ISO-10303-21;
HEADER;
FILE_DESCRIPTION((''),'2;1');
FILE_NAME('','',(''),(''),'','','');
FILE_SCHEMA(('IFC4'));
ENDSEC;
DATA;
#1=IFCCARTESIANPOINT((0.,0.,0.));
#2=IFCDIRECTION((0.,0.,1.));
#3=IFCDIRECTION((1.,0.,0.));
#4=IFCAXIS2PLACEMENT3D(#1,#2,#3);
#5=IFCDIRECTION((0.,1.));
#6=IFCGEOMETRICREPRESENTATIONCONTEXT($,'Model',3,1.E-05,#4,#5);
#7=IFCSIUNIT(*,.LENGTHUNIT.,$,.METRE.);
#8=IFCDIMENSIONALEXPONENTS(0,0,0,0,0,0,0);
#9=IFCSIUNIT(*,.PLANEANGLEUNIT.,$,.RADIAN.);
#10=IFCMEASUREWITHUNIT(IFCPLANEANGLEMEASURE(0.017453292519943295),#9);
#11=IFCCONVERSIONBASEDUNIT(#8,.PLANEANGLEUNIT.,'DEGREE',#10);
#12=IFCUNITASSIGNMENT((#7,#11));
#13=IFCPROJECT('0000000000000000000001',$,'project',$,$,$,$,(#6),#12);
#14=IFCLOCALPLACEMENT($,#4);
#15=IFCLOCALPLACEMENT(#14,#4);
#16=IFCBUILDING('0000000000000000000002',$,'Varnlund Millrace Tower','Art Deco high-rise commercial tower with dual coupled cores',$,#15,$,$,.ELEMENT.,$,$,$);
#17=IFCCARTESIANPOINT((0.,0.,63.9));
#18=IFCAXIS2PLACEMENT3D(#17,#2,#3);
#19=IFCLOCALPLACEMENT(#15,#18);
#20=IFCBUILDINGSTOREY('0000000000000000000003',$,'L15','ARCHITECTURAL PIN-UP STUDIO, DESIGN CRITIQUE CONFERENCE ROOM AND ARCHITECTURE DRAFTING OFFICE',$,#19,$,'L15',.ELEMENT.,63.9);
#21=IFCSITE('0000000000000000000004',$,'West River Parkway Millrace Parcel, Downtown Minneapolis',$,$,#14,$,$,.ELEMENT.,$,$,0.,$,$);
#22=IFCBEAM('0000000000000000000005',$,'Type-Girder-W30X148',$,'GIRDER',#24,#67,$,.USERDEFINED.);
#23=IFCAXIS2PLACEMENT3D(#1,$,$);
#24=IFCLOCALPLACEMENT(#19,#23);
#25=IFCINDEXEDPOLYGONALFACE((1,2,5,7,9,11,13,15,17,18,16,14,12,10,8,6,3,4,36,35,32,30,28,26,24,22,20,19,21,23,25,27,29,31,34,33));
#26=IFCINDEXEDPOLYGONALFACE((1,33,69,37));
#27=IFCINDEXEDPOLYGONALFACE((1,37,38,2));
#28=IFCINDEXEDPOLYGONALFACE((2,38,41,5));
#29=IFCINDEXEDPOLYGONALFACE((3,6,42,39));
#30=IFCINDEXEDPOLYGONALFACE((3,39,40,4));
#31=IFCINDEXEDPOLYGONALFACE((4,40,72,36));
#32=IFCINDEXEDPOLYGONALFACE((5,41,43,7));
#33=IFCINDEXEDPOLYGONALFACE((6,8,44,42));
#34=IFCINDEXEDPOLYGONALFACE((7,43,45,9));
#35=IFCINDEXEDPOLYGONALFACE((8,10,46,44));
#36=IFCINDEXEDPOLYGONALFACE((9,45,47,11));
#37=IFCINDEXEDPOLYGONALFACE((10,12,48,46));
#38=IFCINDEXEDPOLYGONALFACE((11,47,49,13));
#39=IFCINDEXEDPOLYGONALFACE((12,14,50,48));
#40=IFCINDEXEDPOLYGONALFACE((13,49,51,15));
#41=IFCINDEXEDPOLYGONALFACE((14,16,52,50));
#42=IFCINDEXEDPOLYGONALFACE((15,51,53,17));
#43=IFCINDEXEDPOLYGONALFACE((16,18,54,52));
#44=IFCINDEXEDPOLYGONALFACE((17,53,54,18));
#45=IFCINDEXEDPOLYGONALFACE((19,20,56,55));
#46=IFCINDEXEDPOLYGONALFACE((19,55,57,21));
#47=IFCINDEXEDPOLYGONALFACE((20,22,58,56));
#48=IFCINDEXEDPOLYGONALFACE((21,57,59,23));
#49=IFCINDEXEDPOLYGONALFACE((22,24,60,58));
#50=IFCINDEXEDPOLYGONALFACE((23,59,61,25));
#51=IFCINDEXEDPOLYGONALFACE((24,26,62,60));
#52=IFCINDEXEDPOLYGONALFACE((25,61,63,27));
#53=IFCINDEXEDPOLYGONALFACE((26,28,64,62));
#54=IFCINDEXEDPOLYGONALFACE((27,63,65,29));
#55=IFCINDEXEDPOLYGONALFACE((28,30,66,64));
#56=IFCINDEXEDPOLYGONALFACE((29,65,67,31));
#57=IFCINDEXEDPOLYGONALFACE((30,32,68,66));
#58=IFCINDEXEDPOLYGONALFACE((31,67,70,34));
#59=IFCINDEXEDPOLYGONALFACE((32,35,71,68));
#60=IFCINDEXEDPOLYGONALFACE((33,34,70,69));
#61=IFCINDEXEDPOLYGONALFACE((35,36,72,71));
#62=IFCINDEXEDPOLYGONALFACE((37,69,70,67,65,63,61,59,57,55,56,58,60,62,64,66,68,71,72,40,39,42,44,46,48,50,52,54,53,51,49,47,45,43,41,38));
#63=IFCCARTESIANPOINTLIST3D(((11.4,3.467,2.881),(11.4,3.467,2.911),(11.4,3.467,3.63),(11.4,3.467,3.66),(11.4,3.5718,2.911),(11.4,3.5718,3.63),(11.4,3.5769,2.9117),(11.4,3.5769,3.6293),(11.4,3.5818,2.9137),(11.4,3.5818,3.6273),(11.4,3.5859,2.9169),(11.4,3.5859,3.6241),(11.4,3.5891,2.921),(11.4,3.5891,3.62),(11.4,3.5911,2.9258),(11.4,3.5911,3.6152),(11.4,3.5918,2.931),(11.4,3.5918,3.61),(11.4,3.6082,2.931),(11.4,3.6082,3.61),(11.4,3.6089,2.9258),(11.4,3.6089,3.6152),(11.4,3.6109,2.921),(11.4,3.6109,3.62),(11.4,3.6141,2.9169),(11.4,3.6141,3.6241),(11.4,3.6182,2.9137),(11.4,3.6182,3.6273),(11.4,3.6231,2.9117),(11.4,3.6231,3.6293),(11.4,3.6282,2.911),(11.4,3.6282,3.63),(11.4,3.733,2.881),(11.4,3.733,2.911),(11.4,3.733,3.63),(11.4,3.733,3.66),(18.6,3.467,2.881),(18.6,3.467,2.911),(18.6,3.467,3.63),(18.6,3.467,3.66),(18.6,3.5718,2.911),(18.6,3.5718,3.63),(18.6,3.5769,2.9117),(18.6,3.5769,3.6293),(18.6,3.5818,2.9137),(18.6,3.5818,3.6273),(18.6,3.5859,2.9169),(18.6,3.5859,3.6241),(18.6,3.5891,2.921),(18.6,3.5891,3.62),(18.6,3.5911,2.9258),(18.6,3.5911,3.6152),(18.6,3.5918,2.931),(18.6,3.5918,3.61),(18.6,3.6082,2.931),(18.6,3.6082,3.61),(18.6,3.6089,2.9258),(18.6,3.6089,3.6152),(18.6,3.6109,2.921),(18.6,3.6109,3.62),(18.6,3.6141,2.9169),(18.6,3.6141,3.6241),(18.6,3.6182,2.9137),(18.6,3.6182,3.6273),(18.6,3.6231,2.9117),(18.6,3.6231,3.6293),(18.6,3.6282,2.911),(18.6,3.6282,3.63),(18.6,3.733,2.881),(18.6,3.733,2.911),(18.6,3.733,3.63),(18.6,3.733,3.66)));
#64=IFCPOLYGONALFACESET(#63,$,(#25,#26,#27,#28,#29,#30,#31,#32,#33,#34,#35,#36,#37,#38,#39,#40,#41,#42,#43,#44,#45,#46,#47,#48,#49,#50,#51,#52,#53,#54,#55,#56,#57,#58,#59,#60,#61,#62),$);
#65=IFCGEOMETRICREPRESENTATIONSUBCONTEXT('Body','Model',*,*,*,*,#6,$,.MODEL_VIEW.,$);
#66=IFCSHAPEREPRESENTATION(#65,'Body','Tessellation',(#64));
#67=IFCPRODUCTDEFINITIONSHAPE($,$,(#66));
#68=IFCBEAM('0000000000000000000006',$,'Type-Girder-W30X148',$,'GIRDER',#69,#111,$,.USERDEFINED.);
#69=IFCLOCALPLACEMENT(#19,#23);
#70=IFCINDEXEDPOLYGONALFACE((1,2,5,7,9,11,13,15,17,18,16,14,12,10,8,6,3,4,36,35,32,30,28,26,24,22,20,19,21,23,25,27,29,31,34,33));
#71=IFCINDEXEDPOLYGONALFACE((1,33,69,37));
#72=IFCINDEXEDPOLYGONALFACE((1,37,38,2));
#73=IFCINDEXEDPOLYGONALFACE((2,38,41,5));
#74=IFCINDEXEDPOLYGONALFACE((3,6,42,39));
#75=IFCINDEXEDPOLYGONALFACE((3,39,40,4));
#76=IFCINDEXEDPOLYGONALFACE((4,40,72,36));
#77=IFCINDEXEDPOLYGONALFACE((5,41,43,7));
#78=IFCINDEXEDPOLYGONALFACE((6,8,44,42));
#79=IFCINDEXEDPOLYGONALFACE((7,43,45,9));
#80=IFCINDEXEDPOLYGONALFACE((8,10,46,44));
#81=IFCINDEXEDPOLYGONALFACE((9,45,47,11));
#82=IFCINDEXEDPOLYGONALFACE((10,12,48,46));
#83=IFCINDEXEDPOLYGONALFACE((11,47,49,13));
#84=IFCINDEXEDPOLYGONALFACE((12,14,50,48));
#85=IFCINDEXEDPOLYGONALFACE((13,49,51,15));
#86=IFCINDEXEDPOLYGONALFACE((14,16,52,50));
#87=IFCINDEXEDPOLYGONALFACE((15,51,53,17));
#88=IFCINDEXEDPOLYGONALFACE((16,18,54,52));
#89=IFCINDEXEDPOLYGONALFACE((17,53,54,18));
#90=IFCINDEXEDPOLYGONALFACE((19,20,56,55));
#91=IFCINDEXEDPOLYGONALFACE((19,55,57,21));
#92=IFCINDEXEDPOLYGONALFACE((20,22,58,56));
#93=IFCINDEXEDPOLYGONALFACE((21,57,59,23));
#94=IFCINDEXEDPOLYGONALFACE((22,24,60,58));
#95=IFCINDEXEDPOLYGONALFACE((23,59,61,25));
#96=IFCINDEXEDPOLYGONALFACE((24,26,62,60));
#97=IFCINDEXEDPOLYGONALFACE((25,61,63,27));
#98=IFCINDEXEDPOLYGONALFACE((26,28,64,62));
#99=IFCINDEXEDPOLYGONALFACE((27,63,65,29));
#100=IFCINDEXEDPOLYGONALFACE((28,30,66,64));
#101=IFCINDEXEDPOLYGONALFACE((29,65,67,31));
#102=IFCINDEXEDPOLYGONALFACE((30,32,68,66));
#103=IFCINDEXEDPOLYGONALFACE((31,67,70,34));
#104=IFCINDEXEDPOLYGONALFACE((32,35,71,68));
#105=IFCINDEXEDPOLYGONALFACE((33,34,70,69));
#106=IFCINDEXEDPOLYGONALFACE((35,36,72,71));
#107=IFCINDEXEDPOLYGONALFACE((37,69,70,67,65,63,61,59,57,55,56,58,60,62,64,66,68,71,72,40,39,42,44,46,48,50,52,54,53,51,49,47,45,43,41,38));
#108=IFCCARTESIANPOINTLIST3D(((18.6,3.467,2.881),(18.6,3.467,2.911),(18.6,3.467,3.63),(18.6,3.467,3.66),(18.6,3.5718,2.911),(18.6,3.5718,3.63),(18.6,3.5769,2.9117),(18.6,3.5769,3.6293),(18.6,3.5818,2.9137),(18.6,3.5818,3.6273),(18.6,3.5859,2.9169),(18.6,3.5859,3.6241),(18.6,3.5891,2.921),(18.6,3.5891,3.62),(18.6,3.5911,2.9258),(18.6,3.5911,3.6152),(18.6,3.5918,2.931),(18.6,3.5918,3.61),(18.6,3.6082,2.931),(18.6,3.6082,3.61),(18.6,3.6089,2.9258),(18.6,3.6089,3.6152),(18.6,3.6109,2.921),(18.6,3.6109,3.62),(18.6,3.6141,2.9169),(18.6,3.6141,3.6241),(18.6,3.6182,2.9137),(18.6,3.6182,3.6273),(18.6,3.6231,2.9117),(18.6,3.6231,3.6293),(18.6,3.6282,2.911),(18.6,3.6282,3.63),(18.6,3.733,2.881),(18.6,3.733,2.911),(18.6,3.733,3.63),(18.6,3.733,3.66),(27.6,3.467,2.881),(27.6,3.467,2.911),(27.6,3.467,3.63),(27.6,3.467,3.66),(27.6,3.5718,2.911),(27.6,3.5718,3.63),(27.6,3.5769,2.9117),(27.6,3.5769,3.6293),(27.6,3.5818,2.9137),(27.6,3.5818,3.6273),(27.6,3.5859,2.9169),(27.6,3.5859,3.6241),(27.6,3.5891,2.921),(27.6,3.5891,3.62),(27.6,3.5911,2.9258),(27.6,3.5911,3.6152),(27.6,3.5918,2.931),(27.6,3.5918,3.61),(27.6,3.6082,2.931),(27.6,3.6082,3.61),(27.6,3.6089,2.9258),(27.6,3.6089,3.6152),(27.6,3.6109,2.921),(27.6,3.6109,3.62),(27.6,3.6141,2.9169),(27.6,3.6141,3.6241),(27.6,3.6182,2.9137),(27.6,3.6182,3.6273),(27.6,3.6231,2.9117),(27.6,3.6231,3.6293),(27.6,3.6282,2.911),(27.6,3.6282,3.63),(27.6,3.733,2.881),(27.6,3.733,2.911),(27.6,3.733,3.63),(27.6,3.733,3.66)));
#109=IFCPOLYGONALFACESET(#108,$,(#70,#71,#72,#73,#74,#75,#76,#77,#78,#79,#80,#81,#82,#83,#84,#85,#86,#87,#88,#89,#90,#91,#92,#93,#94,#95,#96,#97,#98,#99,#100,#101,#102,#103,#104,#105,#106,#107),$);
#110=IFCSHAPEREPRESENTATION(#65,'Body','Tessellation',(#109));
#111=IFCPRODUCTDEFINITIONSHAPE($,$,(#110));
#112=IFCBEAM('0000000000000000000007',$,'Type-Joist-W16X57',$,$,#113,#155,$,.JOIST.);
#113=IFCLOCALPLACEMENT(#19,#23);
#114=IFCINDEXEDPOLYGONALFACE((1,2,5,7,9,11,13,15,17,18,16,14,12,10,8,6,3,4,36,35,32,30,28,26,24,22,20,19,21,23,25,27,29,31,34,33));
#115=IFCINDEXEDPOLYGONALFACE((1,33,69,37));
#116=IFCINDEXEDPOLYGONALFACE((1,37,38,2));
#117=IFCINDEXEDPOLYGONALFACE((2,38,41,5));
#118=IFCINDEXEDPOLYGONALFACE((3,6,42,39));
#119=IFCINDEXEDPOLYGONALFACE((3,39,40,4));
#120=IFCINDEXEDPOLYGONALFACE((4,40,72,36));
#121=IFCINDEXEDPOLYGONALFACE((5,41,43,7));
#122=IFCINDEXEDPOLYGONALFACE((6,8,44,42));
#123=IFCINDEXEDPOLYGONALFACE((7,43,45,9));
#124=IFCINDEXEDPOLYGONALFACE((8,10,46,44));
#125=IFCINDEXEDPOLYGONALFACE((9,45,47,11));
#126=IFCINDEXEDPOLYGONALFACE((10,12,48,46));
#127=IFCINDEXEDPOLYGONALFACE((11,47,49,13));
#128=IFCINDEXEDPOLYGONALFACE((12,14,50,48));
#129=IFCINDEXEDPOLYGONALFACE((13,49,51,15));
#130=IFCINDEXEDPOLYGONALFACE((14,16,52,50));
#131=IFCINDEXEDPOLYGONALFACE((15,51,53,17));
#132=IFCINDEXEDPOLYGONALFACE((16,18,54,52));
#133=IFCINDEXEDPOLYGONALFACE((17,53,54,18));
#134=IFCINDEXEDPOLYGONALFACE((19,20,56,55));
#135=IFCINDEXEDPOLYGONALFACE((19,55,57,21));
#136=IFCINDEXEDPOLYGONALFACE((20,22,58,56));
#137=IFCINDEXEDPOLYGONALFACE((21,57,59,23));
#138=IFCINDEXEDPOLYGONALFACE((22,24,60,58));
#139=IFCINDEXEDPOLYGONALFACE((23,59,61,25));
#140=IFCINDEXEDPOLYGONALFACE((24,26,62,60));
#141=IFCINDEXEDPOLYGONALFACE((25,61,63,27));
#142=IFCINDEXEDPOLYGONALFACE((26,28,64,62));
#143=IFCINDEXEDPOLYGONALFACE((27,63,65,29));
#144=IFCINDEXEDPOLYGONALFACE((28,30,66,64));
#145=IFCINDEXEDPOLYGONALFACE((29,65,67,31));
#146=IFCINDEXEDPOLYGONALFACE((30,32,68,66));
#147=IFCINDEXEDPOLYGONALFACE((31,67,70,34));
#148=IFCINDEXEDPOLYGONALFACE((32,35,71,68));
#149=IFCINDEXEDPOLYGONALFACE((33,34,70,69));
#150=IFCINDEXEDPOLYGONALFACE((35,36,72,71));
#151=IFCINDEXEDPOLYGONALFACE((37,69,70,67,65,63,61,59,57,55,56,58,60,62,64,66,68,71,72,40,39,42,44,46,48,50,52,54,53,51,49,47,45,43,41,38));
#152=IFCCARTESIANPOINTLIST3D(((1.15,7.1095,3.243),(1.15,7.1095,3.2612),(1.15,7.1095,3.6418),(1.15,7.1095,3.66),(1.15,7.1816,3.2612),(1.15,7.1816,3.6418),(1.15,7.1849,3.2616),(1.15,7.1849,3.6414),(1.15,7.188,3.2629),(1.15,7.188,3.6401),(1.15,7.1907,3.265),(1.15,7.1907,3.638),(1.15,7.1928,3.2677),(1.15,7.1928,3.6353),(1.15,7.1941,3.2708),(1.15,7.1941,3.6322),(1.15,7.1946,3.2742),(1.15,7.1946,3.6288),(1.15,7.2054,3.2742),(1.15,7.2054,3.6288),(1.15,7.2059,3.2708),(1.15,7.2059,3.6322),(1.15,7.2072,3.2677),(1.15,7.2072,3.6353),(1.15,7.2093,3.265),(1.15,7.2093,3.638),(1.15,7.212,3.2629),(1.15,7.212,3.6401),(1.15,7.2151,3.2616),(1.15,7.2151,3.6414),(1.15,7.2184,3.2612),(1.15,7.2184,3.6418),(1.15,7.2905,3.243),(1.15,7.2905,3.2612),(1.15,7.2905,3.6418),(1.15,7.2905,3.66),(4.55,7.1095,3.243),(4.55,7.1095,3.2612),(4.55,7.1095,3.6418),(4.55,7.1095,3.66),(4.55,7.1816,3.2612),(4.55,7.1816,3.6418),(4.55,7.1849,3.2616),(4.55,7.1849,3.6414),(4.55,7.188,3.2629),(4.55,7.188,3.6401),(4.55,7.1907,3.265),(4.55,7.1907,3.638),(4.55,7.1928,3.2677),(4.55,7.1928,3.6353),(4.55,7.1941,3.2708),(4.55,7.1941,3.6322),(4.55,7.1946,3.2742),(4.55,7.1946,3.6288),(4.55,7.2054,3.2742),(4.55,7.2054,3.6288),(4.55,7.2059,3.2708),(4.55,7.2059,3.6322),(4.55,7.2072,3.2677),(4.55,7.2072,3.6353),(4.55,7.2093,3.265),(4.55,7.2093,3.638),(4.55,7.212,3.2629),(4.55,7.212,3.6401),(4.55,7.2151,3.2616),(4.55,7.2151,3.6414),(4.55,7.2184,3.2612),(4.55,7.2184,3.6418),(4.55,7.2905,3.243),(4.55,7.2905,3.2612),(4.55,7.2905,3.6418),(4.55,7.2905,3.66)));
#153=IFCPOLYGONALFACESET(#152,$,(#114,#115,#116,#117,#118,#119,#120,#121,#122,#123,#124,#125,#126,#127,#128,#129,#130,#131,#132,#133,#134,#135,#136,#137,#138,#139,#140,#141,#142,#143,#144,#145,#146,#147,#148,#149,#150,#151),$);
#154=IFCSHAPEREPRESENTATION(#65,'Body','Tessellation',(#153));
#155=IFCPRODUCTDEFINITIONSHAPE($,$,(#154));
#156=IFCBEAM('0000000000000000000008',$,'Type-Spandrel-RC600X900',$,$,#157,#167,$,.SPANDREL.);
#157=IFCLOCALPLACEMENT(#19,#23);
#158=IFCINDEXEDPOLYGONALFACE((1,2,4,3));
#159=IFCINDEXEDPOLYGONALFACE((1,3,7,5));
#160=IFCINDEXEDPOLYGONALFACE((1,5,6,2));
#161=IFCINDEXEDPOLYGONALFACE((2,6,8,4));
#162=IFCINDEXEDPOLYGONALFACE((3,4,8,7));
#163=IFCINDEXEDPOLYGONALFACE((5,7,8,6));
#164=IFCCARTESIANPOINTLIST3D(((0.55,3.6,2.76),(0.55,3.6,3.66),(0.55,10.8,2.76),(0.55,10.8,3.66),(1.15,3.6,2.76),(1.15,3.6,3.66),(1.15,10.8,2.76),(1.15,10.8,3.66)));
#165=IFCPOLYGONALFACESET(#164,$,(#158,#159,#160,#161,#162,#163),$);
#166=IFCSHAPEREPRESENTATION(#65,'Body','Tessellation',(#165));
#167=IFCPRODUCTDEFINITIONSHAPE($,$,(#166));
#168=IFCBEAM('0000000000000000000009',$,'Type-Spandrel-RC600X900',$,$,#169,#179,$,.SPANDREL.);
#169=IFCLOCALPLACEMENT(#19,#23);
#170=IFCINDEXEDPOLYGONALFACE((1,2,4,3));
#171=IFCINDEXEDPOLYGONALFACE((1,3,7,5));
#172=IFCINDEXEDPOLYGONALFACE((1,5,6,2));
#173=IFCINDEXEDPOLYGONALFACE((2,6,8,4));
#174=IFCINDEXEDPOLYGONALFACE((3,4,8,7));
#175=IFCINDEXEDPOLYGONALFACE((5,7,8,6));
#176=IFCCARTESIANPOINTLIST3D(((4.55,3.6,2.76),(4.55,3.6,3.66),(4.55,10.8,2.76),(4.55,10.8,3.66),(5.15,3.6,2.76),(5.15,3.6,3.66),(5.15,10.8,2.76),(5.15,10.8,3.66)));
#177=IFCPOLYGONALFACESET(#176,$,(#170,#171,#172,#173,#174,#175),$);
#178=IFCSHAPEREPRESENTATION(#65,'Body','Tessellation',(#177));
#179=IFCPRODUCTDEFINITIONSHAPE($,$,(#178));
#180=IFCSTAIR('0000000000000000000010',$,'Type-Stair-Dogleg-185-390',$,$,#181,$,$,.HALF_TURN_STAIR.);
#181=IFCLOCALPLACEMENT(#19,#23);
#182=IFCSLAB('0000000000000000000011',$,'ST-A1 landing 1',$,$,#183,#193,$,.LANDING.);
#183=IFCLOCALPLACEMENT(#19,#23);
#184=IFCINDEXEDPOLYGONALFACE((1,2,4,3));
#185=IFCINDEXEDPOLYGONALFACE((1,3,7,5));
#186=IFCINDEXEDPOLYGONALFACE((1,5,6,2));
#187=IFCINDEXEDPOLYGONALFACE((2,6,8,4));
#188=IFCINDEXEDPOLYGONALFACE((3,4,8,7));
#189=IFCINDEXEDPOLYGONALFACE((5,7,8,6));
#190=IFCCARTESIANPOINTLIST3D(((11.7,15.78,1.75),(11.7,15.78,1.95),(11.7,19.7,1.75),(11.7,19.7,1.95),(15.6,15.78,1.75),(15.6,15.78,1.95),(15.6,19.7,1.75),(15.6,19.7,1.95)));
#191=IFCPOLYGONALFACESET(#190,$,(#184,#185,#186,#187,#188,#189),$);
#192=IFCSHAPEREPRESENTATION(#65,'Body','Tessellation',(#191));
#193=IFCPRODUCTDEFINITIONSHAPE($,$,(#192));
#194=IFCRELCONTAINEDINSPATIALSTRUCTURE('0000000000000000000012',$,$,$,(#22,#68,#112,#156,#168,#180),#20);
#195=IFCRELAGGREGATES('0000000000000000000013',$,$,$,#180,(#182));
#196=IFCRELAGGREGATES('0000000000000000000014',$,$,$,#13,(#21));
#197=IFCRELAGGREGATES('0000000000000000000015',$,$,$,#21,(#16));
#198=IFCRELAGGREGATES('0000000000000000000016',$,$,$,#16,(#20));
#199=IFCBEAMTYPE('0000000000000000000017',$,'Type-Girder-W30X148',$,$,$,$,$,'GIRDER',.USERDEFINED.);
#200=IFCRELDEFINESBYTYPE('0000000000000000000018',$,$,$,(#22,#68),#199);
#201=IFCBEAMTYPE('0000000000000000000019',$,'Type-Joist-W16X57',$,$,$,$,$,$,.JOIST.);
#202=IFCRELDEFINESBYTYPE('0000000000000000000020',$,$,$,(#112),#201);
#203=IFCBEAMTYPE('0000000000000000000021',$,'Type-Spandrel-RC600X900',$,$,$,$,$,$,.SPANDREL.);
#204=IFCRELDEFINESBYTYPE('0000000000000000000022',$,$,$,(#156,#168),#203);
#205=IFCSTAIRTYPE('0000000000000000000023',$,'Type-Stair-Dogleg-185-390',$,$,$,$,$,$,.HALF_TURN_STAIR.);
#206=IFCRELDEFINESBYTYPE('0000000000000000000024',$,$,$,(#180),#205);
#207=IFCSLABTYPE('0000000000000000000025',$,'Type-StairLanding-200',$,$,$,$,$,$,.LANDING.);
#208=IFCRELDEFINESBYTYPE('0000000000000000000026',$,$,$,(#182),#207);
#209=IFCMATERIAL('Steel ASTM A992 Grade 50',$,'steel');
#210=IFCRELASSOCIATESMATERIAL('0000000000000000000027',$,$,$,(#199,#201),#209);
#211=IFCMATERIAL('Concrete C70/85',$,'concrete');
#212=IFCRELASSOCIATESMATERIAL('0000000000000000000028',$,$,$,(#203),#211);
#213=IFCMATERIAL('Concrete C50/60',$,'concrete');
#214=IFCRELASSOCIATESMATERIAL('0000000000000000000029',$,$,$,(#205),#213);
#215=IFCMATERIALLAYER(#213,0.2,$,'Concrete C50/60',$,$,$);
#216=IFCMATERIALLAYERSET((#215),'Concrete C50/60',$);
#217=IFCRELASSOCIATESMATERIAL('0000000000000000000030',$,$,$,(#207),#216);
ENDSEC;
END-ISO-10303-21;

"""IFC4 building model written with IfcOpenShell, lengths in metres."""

from ifc_helpers import new_model, entity, si_unit, converted_unit, direction, frame, origin_with_axes, origin_2d_with_axis, place, context, subcontext, project, spatial, polyline, rectangle, i_section, outline, extrude, material, layer, layer_set, material_profile, profile_set, type_object, element, aggregate, save


model = new_model("IFC4")

# Units and contexts
model_context = context("Model", 3, precision=1e-05, world=origin_with_axes(), true_north=direction((0.0, 1.0)))
body_context = subcontext(model_context, "Body", "Model", "MODEL_VIEW")
ifc_project = project(units=[si_unit("LENGTHUNIT", "METRE"), converted_unit("PLANEANGLEUNIT", "DEGREE", entity("IfcPlaneAngleMeasure", 0.017453292519943295), si_unit("PLANEANGLEUNIT", "RADIAN"), dimensions=[0, 0, 0, 0, 0, 0, 0])], contexts=[model_context])

# Site, building, storey
site_placement = place(None, origin_with_axes())
site = spatial("IfcSite", under=ifc_project, at=site_placement, Name="West River Parkway Millrace Parcel, Downtown Minneapolis", CompositionType="ELEMENT", RefElevation=0.0)
building_placement = place(site_placement, origin_with_axes())
building = spatial("IfcBuilding", under=site, at=building_placement, Name="Varnlund Millrace Tower", Description="Art Deco high-rise commercial tower with dual coupled cores", CompositionType="ELEMENT")
storey_placement = place(building_placement, frame((0.0, 0.0, 63.9), z_axis=(0.0, 0.0, 1.0), x_axis=(1.0, 0.0, 0.0)))
storey = spatial("IfcBuildingStorey", under=building, at=storey_placement, Name="L15", Description="ARCHITECTURAL PIN-UP STUDIO, DESIGN CRITIQUE CONFERENCE ROOM AND ARCHITECTURE DRAFTING OFFICE", LongName="L15", CompositionType="ELEMENT", Elevation=63.9)

# Beams
ifc_material_1 = material(Name="Steel ASTM A992 Grade 50", Category="steel")
ifc_material_profile_1 = material_profile(ifc_material_1, i_section(OverallWidth=0.266, OverallDepth=0.779, WebThickness=0.0165, FlangeThickness=0.03, FilletRadius=0.02, at=origin_2d_with_axis()), Name="Steel ASTM A992 Grade 50")
ifc_profile_set_1 = profile_set([ifc_material_profile_1], Name="Steel ASTM A992 Grade 50")
beam_type_1 = type_object("IfcBeamType", Name="Type-Girder-W30X148", ElementType="GIRDER", PredefinedType="USERDEFINED", material=ifc_profile_set_1)
beam_1_placement = place(storey_placement, frame((11.4, 3.6, 3.2705), z_axis=(1.0, 0.0, 0.0), x_axis=(0.0, 1.0, 0.0)))
element("IfcBeam", 1, at=beam_1_placement, inside=storey, type_object=beam_type_1, Name="Type-Girder-W30X148", ObjectType="GIRDER", PredefinedType="USERDEFINED", context=body_context, shape_type="SweptSolid", body=[
    extrude(i_section(OverallWidth=0.266, OverallDepth=0.779, WebThickness=0.0165, FlangeThickness=0.03, FilletRadius=0.02, at=origin_2d_with_axis()), origin_with_axes(), (0.0, 0.0, 1.0), 7.2),
])
beam_2_placement = place(storey_placement, frame((18.6, 3.6, 3.2705), z_axis=(1.0, 0.0, 0.0), x_axis=(0.0, 1.0, 0.0)))
element("IfcBeam", 2, at=beam_2_placement, inside=storey, type_object=beam_type_1, Name="Type-Girder-W30X148", ObjectType="GIRDER", PredefinedType="USERDEFINED", context=body_context, shape_type="SweptSolid", body=[
    extrude(i_section(OverallWidth=0.266, OverallDepth=0.779, WebThickness=0.0165, FlangeThickness=0.03, FilletRadius=0.02, at=origin_2d_with_axis()), origin_with_axes(), (0.0, 0.0, 1.0), 9.0),
])
ifc_material_profile_2 = material_profile(ifc_material_1, i_section(OverallWidth=0.181, OverallDepth=0.417, WebThickness=0.0109, FlangeThickness=0.0182, FilletRadius=0.013, at=origin_2d_with_axis()), Name="Steel ASTM A992 Grade 50")
ifc_profile_set_2 = profile_set([ifc_material_profile_2], Name="Steel ASTM A992 Grade 50")
beam_type_2 = type_object("IfcBeamType", Name="Type-Joist-W16X57", PredefinedType="JOIST", material=ifc_profile_set_2)
beam_3_placement = place(storey_placement, frame((1.15, 7.2, 3.4515), z_axis=(1.0, 0.0, 0.0), x_axis=(0.0, 1.0, 0.0)))
element("IfcBeam", 3, at=beam_3_placement, inside=storey, type_object=beam_type_2, Name="Type-Joist-W16X57", PredefinedType="JOIST", context=body_context, shape_type="SweptSolid", body=[
    extrude(i_section(OverallWidth=0.181, OverallDepth=0.417, WebThickness=0.0109, FlangeThickness=0.0182, FilletRadius=0.013, at=origin_2d_with_axis()), origin_with_axes(), (0.0, 0.0, 1.0), 3.4),
])
ifc_material_2 = material(Name="Concrete C70/85", Category="concrete")
ifc_material_profile_3 = material_profile(ifc_material_2, rectangle(XDim=0.6, YDim=0.9, at=origin_2d_with_axis()), Name="Concrete C70/85")
ifc_profile_set_3 = profile_set([ifc_material_profile_3], Name="Concrete C70/85")
beam_type_3 = type_object("IfcBeamType", Name="Type-Spandrel-RC600X900", PredefinedType="SPANDREL", material=ifc_profile_set_3)
for number, where, z_axis, x_axis, name in (
    (4, (0.85, 3.6, 3.21), (0.0, 1.0, 0.0), (-1.0, 0.0, 0.0), "Type-Spandrel-RC600X900"),
    (5, (4.85, 3.6, 3.21), (0.0, 1.0, 0.0), (-1.0, 0.0, 0.0), "Type-Spandrel-RC600X900"),
):
    element("IfcBeam", number, at=place(storey_placement, frame(where, z_axis=z_axis, x_axis=x_axis)), inside=storey, type_object=beam_type_3, Name=name, PredefinedType="SPANDREL", context=body_context, shape_type="SweptSolid", body=[
        extrude(rectangle(XDim=0.6, YDim=0.9, at=origin_2d_with_axis()), origin_with_axes(), (0.0, 0.0, 1.0), 7.2),
    ])

# Stair, slab
ifc_material_3 = material(Name="Concrete C50/60", Category="concrete")
stair_type_1 = type_object("IfcStairType", Name="Type-Stair-Dogleg-185-390", PredefinedType="HALF_TURN_STAIR", material=ifc_material_3)
stair_1_placement = place(storey_placement, origin_with_axes())
stair_1 = element("IfcStair", 6, at=stair_1_placement, inside=storey, type_object=stair_type_1, Name="Type-Stair-Dogleg-185-390", PredefinedType="HALF_TURN_STAIR")
ifc_layer_1 = layer(ifc_material_3, 0.2, Name="Concrete C50/60")
ifc_layer_set_1 = layer_set([ifc_layer_1], Name="Concrete C50/60")
slab_type = type_object("IfcSlabType", Name="Type-StairLanding-200", PredefinedType="LANDING", material=ifc_layer_set_1)
slab_1_placement = place(storey_placement, frame((0.0, 0.0, 1.75), z_axis=(0.0, 0.0, 1.0), x_axis=(1.0, 0.0, 0.0)))
slab_1 = element("IfcSlab", 7, at=slab_1_placement, type_object=slab_type, Name="ST-A1 landing 1", PredefinedType="LANDING", context=body_context, shape_type="SweptSolid", body=[
    extrude(outline(polyline([(15.6, 15.78), (15.6, 19.7), (11.7, 19.7), (11.7, 15.78), (15.6, 15.78)])), origin_with_axes(), (0.0, 0.0, 1.0), 0.2),
])
aggregate(stair_1, [slab_1])

save(model, "model.ifc")
